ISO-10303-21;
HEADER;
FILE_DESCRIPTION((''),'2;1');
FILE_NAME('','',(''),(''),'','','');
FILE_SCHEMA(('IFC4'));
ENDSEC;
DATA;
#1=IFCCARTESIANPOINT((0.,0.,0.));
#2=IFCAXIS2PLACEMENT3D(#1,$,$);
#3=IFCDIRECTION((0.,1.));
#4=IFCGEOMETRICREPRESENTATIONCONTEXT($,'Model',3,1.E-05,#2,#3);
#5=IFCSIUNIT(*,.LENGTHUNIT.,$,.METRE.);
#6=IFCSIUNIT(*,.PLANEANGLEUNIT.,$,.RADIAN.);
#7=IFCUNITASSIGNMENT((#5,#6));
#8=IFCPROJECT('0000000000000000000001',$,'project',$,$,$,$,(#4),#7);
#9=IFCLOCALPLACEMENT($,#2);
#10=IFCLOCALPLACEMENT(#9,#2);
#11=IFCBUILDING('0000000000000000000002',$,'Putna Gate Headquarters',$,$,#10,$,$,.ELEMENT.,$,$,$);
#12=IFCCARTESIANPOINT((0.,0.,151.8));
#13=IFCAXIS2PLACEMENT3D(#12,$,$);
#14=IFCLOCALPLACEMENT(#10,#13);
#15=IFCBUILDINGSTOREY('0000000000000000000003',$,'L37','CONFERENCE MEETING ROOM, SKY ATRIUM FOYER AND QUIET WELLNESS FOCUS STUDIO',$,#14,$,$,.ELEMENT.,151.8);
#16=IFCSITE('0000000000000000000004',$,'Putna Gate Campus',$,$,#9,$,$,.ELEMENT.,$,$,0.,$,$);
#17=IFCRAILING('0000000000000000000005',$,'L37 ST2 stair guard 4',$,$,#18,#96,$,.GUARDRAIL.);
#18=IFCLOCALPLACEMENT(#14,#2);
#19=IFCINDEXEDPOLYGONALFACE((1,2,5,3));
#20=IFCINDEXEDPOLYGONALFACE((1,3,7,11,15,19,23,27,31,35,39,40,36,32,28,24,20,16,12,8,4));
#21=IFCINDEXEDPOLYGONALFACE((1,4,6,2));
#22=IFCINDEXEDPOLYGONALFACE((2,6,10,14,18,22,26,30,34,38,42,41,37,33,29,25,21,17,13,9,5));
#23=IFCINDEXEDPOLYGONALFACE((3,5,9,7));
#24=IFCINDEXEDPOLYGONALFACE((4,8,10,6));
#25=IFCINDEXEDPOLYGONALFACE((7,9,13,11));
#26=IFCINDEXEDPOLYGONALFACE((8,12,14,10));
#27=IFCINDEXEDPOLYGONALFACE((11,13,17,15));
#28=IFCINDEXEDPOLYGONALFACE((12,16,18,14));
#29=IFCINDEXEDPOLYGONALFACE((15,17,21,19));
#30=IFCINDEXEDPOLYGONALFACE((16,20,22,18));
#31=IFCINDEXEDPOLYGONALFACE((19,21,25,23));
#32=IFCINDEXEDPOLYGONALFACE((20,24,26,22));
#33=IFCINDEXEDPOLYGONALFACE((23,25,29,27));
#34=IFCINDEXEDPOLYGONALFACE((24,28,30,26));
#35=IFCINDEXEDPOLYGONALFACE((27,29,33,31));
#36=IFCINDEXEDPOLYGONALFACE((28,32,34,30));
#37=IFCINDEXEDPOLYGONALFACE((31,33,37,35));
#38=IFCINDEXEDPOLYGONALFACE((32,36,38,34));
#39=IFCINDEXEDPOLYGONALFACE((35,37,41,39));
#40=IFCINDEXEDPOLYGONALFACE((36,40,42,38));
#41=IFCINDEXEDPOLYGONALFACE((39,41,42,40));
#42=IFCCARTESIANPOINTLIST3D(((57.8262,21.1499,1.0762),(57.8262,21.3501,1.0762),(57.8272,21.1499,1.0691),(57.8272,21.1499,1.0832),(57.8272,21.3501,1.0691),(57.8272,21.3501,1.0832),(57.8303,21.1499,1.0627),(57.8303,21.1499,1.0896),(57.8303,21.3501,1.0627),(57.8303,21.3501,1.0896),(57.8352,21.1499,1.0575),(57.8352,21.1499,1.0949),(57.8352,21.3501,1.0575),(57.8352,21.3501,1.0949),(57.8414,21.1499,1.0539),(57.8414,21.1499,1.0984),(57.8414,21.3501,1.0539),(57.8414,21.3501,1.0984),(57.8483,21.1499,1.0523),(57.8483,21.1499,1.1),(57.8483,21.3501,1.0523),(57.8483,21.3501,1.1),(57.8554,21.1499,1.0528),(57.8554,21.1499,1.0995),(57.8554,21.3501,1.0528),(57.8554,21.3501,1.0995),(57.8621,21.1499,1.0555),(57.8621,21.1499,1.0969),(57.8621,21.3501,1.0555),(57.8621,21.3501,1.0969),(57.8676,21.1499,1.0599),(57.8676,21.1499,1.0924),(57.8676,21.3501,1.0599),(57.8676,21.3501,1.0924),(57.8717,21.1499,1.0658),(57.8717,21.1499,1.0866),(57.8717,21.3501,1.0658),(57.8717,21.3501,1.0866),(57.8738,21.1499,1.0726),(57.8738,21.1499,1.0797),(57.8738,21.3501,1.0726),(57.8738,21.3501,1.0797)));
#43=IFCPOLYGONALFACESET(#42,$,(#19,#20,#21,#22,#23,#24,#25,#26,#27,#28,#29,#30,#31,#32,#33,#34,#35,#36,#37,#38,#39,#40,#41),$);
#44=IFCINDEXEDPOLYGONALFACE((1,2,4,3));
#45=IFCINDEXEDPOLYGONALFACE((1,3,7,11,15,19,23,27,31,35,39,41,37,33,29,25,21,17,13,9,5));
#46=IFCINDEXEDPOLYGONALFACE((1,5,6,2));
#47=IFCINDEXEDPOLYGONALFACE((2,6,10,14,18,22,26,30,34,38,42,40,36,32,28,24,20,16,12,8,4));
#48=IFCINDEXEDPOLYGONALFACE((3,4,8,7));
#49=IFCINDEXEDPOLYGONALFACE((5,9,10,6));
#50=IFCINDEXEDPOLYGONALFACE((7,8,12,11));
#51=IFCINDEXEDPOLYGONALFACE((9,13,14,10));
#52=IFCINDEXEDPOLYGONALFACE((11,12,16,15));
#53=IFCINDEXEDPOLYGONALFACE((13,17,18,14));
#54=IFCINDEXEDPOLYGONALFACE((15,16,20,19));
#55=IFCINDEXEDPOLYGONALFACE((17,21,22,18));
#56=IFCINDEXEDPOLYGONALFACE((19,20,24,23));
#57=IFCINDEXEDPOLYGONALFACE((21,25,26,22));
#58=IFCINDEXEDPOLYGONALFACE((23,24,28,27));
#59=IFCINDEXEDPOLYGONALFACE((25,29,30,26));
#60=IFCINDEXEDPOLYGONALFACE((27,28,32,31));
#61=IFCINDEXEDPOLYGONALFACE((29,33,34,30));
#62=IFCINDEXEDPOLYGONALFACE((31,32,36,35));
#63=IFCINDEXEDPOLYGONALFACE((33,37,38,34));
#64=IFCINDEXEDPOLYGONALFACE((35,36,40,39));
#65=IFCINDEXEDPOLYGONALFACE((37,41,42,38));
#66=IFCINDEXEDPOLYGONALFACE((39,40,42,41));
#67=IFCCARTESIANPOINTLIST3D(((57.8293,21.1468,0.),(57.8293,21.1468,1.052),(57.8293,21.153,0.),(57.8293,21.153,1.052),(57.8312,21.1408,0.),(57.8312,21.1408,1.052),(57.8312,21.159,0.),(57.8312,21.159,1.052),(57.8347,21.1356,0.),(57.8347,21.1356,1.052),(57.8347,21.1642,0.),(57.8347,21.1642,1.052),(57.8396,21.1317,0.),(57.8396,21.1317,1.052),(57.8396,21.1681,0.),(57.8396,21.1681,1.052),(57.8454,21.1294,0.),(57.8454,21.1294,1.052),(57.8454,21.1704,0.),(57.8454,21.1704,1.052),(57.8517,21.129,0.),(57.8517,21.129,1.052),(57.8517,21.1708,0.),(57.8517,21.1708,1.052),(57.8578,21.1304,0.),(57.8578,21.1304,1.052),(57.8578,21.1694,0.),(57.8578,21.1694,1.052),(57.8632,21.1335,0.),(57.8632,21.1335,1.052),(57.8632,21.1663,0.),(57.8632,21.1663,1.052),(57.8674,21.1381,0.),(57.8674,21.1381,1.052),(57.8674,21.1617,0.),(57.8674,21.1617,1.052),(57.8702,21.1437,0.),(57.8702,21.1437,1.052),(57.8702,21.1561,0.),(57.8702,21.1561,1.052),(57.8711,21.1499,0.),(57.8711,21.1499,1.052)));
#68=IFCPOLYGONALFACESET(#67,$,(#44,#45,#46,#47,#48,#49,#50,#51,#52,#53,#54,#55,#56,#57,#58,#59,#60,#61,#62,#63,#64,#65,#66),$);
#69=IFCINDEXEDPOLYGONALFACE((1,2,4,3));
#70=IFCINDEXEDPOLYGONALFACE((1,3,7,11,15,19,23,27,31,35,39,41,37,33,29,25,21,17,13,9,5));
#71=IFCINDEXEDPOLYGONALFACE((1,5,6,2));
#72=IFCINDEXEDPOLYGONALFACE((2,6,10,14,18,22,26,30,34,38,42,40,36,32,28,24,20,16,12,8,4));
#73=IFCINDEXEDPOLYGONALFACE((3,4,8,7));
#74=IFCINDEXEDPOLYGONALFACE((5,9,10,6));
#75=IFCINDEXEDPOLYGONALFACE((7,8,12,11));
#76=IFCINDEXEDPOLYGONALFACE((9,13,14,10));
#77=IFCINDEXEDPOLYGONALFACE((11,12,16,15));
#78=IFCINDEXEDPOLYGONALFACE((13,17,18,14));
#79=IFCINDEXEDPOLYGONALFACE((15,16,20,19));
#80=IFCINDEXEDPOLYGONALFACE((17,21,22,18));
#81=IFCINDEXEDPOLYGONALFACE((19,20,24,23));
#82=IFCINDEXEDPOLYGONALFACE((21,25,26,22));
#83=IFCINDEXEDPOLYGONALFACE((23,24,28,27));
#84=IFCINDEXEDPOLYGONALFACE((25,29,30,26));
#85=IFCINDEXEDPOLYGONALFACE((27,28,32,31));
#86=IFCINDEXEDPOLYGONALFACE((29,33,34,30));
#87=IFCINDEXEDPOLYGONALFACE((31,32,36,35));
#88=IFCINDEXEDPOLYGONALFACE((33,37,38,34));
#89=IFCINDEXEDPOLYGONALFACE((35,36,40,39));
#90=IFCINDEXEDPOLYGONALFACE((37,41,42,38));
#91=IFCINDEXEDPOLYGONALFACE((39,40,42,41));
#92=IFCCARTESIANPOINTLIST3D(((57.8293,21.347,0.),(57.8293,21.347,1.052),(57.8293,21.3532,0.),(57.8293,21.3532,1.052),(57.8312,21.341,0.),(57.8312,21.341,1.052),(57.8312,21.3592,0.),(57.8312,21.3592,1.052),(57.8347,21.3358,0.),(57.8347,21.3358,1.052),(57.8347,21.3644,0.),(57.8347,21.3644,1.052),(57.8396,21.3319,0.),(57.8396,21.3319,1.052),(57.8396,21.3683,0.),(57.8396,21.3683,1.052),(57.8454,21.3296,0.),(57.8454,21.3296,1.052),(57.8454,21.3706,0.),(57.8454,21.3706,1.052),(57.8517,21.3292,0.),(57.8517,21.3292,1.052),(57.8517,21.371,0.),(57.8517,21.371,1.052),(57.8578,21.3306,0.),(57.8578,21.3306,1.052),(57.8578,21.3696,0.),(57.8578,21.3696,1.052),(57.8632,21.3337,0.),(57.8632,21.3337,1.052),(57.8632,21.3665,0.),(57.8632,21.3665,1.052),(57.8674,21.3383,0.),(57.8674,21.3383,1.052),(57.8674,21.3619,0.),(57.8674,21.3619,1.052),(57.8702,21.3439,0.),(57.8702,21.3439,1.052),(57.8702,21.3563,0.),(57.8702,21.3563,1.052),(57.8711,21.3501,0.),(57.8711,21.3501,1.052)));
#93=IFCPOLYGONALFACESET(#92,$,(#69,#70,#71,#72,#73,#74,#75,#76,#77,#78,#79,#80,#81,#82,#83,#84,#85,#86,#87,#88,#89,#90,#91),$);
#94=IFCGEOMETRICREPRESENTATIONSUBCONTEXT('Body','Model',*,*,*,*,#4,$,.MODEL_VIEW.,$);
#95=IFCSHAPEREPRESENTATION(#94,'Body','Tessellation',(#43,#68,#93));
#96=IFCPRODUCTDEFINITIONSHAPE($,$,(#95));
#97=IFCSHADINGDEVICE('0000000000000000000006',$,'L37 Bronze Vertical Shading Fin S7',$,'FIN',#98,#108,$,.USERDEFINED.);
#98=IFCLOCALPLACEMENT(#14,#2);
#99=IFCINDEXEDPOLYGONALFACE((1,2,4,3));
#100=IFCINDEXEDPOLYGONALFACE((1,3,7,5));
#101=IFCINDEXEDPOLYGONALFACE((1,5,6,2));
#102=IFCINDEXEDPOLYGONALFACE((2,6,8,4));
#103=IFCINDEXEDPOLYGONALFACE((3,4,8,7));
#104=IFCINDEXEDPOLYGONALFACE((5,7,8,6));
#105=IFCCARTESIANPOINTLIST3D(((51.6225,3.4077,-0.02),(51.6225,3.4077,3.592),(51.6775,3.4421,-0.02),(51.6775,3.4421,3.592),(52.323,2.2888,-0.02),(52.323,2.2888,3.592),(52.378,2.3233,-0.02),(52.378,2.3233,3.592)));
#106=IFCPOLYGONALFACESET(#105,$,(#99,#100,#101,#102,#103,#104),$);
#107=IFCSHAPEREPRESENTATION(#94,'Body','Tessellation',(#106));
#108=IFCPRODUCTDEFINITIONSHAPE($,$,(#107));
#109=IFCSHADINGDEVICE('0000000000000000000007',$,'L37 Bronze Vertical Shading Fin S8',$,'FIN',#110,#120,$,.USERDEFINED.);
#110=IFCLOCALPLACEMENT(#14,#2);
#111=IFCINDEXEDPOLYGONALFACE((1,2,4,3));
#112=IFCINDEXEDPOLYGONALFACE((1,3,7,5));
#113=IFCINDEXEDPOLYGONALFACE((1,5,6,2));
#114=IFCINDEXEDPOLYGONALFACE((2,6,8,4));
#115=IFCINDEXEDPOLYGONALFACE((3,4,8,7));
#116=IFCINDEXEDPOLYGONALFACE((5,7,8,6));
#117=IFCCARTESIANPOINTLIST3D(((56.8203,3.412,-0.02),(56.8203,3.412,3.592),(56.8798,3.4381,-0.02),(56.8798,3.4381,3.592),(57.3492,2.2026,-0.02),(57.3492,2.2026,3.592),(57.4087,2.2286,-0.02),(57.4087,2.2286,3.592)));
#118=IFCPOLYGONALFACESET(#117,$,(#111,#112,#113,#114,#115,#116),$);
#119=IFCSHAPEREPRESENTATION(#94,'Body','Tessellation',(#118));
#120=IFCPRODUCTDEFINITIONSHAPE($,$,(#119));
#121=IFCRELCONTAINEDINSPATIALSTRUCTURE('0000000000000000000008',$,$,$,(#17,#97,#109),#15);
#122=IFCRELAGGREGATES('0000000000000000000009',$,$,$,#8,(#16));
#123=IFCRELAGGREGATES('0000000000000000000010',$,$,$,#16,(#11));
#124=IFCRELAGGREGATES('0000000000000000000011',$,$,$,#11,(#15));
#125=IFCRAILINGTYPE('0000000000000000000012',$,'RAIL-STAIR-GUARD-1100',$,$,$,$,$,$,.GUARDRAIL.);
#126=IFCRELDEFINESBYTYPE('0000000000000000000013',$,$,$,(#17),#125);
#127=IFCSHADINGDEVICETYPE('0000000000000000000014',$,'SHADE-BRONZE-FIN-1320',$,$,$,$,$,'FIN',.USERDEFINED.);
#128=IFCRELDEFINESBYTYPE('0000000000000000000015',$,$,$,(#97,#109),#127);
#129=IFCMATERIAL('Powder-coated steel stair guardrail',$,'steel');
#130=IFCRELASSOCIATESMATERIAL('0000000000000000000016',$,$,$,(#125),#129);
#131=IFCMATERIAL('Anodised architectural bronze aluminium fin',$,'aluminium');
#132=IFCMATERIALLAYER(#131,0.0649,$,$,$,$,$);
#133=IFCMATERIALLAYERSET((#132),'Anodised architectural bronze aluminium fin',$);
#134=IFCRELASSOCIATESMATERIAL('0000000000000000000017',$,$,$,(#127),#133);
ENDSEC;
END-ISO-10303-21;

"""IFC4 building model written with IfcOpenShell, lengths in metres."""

from ifc_helpers import new_model, si_unit, direction, frame, origin, origin_2d, place, context, subcontext, project, spatial, rectangle, circle, extrude, material, layer, layer_set, type_object, element, save


model = new_model("IFC4")

# Units and contexts
model_context = context("Model", 3, precision=1e-05, world=origin(), true_north=direction((0.0, 1.0)))
body_context = subcontext(model_context, "Body", "Model", "MODEL_VIEW")
ifc_project = project(units=[si_unit("LENGTHUNIT", "METRE"), si_unit("PLANEANGLEUNIT", "RADIAN")], contexts=[model_context])

# Site, building, storey
site_placement = place(None, origin())
site = spatial("IfcSite", under=ifc_project, at=site_placement, Name="Putna Gate Campus", CompositionType="ELEMENT", RefElevation=0.0)
building_placement = place(site_placement, origin())
building = spatial("IfcBuilding", under=site, at=building_placement, Name="Putna Gate Headquarters", CompositionType="ELEMENT")
storey_placement = place(building_placement, frame((0.0, 0.0, 151.8)))
storey = spatial("IfcBuildingStorey", under=building, at=storey_placement, Name="L37", Description="CONFERENCE MEETING ROOM, SKY ATRIUM FOYER AND QUIET WELLNESS FOCUS STUDIO", CompositionType="ELEMENT", Elevation=151.8)

# Railing
ifc_material_1 = material(Name="Powder-coated steel stair guardrail", Category="steel")
railing_type = type_object("IfcRailingType", Name="RAIL-STAIR-GUARD-1100", PredefinedType="GUARDRAIL", material=ifc_material_1)
railing_placement = place(storey_placement, frame((57.8501, 21.1499, 0.0)))
element("IfcRailing", 1, at=railing_placement, inside=storey, type_object=railing_type, Name="L37 ST2 stair guard 4", PredefinedType="GUARDRAIL", context=body_context, shape_type="SweptSolid", body=[
    extrude(circle(Radius=0.0239, at=origin_2d()), frame((0.0, 0.0, 1.0762), z_axis=(0.0, 1.0, 0.0), x_axis=(-1.0, 0.0, 0.0)), (0.0, 0.0, 1.0), 0.2002),
    extrude(circle(Radius=0.021, at=origin_2d()), origin(), (0.0, 0.0, 1.0), 1.052),
    extrude(circle(Radius=0.021, at=origin_2d()), frame((0.0, 0.2002, 0.0)), (0.0, 0.0, 1.0), 1.052),
])

# Shading devices
ifc_material_2 = material(Name="Anodised architectural bronze aluminium fin", Category="aluminium")
ifc_layer_1 = layer(ifc_material_2, 0.0649)
ifc_layer_set_1 = layer_set([ifc_layer_1], Name="Anodised architectural bronze aluminium fin")
shading_device_type = type_object("IfcShadingDeviceType", Name="SHADE-BRONZE-FIN-1320", ElementType="FIN", PredefinedType="USERDEFINED", material=ifc_layer_set_1)
for number, where, z_axis, x_axis, name in (
    (2, (52.0002, 2.8655, -0.02), (0.0, 0.0, 1.0), (0.530659, -0.847585, 0.0), "L37 Bronze Vertical Shading Fin S7"),
    (3, (57.1145, 2.8203, -0.02), (0.0, 0.0, 1.0), (0.400669, -0.916223, 0.0), "L37 Bronze Vertical Shading Fin S8"),
):
    element("IfcShadingDevice", number, at=place(storey_placement, frame(where, z_axis=z_axis, x_axis=x_axis)), inside=storey, type_object=shading_device_type, Name=name, ObjectType="FIN", PredefinedType="USERDEFINED", context=body_context, shape_type="SweptSolid", body=[
        extrude(rectangle(XDim=1.3201, YDim=0.0649, at=origin_2d()), origin(), (0.0, 0.0, 1.0), 3.6121),
    ])

save(model, "model.ifc")
